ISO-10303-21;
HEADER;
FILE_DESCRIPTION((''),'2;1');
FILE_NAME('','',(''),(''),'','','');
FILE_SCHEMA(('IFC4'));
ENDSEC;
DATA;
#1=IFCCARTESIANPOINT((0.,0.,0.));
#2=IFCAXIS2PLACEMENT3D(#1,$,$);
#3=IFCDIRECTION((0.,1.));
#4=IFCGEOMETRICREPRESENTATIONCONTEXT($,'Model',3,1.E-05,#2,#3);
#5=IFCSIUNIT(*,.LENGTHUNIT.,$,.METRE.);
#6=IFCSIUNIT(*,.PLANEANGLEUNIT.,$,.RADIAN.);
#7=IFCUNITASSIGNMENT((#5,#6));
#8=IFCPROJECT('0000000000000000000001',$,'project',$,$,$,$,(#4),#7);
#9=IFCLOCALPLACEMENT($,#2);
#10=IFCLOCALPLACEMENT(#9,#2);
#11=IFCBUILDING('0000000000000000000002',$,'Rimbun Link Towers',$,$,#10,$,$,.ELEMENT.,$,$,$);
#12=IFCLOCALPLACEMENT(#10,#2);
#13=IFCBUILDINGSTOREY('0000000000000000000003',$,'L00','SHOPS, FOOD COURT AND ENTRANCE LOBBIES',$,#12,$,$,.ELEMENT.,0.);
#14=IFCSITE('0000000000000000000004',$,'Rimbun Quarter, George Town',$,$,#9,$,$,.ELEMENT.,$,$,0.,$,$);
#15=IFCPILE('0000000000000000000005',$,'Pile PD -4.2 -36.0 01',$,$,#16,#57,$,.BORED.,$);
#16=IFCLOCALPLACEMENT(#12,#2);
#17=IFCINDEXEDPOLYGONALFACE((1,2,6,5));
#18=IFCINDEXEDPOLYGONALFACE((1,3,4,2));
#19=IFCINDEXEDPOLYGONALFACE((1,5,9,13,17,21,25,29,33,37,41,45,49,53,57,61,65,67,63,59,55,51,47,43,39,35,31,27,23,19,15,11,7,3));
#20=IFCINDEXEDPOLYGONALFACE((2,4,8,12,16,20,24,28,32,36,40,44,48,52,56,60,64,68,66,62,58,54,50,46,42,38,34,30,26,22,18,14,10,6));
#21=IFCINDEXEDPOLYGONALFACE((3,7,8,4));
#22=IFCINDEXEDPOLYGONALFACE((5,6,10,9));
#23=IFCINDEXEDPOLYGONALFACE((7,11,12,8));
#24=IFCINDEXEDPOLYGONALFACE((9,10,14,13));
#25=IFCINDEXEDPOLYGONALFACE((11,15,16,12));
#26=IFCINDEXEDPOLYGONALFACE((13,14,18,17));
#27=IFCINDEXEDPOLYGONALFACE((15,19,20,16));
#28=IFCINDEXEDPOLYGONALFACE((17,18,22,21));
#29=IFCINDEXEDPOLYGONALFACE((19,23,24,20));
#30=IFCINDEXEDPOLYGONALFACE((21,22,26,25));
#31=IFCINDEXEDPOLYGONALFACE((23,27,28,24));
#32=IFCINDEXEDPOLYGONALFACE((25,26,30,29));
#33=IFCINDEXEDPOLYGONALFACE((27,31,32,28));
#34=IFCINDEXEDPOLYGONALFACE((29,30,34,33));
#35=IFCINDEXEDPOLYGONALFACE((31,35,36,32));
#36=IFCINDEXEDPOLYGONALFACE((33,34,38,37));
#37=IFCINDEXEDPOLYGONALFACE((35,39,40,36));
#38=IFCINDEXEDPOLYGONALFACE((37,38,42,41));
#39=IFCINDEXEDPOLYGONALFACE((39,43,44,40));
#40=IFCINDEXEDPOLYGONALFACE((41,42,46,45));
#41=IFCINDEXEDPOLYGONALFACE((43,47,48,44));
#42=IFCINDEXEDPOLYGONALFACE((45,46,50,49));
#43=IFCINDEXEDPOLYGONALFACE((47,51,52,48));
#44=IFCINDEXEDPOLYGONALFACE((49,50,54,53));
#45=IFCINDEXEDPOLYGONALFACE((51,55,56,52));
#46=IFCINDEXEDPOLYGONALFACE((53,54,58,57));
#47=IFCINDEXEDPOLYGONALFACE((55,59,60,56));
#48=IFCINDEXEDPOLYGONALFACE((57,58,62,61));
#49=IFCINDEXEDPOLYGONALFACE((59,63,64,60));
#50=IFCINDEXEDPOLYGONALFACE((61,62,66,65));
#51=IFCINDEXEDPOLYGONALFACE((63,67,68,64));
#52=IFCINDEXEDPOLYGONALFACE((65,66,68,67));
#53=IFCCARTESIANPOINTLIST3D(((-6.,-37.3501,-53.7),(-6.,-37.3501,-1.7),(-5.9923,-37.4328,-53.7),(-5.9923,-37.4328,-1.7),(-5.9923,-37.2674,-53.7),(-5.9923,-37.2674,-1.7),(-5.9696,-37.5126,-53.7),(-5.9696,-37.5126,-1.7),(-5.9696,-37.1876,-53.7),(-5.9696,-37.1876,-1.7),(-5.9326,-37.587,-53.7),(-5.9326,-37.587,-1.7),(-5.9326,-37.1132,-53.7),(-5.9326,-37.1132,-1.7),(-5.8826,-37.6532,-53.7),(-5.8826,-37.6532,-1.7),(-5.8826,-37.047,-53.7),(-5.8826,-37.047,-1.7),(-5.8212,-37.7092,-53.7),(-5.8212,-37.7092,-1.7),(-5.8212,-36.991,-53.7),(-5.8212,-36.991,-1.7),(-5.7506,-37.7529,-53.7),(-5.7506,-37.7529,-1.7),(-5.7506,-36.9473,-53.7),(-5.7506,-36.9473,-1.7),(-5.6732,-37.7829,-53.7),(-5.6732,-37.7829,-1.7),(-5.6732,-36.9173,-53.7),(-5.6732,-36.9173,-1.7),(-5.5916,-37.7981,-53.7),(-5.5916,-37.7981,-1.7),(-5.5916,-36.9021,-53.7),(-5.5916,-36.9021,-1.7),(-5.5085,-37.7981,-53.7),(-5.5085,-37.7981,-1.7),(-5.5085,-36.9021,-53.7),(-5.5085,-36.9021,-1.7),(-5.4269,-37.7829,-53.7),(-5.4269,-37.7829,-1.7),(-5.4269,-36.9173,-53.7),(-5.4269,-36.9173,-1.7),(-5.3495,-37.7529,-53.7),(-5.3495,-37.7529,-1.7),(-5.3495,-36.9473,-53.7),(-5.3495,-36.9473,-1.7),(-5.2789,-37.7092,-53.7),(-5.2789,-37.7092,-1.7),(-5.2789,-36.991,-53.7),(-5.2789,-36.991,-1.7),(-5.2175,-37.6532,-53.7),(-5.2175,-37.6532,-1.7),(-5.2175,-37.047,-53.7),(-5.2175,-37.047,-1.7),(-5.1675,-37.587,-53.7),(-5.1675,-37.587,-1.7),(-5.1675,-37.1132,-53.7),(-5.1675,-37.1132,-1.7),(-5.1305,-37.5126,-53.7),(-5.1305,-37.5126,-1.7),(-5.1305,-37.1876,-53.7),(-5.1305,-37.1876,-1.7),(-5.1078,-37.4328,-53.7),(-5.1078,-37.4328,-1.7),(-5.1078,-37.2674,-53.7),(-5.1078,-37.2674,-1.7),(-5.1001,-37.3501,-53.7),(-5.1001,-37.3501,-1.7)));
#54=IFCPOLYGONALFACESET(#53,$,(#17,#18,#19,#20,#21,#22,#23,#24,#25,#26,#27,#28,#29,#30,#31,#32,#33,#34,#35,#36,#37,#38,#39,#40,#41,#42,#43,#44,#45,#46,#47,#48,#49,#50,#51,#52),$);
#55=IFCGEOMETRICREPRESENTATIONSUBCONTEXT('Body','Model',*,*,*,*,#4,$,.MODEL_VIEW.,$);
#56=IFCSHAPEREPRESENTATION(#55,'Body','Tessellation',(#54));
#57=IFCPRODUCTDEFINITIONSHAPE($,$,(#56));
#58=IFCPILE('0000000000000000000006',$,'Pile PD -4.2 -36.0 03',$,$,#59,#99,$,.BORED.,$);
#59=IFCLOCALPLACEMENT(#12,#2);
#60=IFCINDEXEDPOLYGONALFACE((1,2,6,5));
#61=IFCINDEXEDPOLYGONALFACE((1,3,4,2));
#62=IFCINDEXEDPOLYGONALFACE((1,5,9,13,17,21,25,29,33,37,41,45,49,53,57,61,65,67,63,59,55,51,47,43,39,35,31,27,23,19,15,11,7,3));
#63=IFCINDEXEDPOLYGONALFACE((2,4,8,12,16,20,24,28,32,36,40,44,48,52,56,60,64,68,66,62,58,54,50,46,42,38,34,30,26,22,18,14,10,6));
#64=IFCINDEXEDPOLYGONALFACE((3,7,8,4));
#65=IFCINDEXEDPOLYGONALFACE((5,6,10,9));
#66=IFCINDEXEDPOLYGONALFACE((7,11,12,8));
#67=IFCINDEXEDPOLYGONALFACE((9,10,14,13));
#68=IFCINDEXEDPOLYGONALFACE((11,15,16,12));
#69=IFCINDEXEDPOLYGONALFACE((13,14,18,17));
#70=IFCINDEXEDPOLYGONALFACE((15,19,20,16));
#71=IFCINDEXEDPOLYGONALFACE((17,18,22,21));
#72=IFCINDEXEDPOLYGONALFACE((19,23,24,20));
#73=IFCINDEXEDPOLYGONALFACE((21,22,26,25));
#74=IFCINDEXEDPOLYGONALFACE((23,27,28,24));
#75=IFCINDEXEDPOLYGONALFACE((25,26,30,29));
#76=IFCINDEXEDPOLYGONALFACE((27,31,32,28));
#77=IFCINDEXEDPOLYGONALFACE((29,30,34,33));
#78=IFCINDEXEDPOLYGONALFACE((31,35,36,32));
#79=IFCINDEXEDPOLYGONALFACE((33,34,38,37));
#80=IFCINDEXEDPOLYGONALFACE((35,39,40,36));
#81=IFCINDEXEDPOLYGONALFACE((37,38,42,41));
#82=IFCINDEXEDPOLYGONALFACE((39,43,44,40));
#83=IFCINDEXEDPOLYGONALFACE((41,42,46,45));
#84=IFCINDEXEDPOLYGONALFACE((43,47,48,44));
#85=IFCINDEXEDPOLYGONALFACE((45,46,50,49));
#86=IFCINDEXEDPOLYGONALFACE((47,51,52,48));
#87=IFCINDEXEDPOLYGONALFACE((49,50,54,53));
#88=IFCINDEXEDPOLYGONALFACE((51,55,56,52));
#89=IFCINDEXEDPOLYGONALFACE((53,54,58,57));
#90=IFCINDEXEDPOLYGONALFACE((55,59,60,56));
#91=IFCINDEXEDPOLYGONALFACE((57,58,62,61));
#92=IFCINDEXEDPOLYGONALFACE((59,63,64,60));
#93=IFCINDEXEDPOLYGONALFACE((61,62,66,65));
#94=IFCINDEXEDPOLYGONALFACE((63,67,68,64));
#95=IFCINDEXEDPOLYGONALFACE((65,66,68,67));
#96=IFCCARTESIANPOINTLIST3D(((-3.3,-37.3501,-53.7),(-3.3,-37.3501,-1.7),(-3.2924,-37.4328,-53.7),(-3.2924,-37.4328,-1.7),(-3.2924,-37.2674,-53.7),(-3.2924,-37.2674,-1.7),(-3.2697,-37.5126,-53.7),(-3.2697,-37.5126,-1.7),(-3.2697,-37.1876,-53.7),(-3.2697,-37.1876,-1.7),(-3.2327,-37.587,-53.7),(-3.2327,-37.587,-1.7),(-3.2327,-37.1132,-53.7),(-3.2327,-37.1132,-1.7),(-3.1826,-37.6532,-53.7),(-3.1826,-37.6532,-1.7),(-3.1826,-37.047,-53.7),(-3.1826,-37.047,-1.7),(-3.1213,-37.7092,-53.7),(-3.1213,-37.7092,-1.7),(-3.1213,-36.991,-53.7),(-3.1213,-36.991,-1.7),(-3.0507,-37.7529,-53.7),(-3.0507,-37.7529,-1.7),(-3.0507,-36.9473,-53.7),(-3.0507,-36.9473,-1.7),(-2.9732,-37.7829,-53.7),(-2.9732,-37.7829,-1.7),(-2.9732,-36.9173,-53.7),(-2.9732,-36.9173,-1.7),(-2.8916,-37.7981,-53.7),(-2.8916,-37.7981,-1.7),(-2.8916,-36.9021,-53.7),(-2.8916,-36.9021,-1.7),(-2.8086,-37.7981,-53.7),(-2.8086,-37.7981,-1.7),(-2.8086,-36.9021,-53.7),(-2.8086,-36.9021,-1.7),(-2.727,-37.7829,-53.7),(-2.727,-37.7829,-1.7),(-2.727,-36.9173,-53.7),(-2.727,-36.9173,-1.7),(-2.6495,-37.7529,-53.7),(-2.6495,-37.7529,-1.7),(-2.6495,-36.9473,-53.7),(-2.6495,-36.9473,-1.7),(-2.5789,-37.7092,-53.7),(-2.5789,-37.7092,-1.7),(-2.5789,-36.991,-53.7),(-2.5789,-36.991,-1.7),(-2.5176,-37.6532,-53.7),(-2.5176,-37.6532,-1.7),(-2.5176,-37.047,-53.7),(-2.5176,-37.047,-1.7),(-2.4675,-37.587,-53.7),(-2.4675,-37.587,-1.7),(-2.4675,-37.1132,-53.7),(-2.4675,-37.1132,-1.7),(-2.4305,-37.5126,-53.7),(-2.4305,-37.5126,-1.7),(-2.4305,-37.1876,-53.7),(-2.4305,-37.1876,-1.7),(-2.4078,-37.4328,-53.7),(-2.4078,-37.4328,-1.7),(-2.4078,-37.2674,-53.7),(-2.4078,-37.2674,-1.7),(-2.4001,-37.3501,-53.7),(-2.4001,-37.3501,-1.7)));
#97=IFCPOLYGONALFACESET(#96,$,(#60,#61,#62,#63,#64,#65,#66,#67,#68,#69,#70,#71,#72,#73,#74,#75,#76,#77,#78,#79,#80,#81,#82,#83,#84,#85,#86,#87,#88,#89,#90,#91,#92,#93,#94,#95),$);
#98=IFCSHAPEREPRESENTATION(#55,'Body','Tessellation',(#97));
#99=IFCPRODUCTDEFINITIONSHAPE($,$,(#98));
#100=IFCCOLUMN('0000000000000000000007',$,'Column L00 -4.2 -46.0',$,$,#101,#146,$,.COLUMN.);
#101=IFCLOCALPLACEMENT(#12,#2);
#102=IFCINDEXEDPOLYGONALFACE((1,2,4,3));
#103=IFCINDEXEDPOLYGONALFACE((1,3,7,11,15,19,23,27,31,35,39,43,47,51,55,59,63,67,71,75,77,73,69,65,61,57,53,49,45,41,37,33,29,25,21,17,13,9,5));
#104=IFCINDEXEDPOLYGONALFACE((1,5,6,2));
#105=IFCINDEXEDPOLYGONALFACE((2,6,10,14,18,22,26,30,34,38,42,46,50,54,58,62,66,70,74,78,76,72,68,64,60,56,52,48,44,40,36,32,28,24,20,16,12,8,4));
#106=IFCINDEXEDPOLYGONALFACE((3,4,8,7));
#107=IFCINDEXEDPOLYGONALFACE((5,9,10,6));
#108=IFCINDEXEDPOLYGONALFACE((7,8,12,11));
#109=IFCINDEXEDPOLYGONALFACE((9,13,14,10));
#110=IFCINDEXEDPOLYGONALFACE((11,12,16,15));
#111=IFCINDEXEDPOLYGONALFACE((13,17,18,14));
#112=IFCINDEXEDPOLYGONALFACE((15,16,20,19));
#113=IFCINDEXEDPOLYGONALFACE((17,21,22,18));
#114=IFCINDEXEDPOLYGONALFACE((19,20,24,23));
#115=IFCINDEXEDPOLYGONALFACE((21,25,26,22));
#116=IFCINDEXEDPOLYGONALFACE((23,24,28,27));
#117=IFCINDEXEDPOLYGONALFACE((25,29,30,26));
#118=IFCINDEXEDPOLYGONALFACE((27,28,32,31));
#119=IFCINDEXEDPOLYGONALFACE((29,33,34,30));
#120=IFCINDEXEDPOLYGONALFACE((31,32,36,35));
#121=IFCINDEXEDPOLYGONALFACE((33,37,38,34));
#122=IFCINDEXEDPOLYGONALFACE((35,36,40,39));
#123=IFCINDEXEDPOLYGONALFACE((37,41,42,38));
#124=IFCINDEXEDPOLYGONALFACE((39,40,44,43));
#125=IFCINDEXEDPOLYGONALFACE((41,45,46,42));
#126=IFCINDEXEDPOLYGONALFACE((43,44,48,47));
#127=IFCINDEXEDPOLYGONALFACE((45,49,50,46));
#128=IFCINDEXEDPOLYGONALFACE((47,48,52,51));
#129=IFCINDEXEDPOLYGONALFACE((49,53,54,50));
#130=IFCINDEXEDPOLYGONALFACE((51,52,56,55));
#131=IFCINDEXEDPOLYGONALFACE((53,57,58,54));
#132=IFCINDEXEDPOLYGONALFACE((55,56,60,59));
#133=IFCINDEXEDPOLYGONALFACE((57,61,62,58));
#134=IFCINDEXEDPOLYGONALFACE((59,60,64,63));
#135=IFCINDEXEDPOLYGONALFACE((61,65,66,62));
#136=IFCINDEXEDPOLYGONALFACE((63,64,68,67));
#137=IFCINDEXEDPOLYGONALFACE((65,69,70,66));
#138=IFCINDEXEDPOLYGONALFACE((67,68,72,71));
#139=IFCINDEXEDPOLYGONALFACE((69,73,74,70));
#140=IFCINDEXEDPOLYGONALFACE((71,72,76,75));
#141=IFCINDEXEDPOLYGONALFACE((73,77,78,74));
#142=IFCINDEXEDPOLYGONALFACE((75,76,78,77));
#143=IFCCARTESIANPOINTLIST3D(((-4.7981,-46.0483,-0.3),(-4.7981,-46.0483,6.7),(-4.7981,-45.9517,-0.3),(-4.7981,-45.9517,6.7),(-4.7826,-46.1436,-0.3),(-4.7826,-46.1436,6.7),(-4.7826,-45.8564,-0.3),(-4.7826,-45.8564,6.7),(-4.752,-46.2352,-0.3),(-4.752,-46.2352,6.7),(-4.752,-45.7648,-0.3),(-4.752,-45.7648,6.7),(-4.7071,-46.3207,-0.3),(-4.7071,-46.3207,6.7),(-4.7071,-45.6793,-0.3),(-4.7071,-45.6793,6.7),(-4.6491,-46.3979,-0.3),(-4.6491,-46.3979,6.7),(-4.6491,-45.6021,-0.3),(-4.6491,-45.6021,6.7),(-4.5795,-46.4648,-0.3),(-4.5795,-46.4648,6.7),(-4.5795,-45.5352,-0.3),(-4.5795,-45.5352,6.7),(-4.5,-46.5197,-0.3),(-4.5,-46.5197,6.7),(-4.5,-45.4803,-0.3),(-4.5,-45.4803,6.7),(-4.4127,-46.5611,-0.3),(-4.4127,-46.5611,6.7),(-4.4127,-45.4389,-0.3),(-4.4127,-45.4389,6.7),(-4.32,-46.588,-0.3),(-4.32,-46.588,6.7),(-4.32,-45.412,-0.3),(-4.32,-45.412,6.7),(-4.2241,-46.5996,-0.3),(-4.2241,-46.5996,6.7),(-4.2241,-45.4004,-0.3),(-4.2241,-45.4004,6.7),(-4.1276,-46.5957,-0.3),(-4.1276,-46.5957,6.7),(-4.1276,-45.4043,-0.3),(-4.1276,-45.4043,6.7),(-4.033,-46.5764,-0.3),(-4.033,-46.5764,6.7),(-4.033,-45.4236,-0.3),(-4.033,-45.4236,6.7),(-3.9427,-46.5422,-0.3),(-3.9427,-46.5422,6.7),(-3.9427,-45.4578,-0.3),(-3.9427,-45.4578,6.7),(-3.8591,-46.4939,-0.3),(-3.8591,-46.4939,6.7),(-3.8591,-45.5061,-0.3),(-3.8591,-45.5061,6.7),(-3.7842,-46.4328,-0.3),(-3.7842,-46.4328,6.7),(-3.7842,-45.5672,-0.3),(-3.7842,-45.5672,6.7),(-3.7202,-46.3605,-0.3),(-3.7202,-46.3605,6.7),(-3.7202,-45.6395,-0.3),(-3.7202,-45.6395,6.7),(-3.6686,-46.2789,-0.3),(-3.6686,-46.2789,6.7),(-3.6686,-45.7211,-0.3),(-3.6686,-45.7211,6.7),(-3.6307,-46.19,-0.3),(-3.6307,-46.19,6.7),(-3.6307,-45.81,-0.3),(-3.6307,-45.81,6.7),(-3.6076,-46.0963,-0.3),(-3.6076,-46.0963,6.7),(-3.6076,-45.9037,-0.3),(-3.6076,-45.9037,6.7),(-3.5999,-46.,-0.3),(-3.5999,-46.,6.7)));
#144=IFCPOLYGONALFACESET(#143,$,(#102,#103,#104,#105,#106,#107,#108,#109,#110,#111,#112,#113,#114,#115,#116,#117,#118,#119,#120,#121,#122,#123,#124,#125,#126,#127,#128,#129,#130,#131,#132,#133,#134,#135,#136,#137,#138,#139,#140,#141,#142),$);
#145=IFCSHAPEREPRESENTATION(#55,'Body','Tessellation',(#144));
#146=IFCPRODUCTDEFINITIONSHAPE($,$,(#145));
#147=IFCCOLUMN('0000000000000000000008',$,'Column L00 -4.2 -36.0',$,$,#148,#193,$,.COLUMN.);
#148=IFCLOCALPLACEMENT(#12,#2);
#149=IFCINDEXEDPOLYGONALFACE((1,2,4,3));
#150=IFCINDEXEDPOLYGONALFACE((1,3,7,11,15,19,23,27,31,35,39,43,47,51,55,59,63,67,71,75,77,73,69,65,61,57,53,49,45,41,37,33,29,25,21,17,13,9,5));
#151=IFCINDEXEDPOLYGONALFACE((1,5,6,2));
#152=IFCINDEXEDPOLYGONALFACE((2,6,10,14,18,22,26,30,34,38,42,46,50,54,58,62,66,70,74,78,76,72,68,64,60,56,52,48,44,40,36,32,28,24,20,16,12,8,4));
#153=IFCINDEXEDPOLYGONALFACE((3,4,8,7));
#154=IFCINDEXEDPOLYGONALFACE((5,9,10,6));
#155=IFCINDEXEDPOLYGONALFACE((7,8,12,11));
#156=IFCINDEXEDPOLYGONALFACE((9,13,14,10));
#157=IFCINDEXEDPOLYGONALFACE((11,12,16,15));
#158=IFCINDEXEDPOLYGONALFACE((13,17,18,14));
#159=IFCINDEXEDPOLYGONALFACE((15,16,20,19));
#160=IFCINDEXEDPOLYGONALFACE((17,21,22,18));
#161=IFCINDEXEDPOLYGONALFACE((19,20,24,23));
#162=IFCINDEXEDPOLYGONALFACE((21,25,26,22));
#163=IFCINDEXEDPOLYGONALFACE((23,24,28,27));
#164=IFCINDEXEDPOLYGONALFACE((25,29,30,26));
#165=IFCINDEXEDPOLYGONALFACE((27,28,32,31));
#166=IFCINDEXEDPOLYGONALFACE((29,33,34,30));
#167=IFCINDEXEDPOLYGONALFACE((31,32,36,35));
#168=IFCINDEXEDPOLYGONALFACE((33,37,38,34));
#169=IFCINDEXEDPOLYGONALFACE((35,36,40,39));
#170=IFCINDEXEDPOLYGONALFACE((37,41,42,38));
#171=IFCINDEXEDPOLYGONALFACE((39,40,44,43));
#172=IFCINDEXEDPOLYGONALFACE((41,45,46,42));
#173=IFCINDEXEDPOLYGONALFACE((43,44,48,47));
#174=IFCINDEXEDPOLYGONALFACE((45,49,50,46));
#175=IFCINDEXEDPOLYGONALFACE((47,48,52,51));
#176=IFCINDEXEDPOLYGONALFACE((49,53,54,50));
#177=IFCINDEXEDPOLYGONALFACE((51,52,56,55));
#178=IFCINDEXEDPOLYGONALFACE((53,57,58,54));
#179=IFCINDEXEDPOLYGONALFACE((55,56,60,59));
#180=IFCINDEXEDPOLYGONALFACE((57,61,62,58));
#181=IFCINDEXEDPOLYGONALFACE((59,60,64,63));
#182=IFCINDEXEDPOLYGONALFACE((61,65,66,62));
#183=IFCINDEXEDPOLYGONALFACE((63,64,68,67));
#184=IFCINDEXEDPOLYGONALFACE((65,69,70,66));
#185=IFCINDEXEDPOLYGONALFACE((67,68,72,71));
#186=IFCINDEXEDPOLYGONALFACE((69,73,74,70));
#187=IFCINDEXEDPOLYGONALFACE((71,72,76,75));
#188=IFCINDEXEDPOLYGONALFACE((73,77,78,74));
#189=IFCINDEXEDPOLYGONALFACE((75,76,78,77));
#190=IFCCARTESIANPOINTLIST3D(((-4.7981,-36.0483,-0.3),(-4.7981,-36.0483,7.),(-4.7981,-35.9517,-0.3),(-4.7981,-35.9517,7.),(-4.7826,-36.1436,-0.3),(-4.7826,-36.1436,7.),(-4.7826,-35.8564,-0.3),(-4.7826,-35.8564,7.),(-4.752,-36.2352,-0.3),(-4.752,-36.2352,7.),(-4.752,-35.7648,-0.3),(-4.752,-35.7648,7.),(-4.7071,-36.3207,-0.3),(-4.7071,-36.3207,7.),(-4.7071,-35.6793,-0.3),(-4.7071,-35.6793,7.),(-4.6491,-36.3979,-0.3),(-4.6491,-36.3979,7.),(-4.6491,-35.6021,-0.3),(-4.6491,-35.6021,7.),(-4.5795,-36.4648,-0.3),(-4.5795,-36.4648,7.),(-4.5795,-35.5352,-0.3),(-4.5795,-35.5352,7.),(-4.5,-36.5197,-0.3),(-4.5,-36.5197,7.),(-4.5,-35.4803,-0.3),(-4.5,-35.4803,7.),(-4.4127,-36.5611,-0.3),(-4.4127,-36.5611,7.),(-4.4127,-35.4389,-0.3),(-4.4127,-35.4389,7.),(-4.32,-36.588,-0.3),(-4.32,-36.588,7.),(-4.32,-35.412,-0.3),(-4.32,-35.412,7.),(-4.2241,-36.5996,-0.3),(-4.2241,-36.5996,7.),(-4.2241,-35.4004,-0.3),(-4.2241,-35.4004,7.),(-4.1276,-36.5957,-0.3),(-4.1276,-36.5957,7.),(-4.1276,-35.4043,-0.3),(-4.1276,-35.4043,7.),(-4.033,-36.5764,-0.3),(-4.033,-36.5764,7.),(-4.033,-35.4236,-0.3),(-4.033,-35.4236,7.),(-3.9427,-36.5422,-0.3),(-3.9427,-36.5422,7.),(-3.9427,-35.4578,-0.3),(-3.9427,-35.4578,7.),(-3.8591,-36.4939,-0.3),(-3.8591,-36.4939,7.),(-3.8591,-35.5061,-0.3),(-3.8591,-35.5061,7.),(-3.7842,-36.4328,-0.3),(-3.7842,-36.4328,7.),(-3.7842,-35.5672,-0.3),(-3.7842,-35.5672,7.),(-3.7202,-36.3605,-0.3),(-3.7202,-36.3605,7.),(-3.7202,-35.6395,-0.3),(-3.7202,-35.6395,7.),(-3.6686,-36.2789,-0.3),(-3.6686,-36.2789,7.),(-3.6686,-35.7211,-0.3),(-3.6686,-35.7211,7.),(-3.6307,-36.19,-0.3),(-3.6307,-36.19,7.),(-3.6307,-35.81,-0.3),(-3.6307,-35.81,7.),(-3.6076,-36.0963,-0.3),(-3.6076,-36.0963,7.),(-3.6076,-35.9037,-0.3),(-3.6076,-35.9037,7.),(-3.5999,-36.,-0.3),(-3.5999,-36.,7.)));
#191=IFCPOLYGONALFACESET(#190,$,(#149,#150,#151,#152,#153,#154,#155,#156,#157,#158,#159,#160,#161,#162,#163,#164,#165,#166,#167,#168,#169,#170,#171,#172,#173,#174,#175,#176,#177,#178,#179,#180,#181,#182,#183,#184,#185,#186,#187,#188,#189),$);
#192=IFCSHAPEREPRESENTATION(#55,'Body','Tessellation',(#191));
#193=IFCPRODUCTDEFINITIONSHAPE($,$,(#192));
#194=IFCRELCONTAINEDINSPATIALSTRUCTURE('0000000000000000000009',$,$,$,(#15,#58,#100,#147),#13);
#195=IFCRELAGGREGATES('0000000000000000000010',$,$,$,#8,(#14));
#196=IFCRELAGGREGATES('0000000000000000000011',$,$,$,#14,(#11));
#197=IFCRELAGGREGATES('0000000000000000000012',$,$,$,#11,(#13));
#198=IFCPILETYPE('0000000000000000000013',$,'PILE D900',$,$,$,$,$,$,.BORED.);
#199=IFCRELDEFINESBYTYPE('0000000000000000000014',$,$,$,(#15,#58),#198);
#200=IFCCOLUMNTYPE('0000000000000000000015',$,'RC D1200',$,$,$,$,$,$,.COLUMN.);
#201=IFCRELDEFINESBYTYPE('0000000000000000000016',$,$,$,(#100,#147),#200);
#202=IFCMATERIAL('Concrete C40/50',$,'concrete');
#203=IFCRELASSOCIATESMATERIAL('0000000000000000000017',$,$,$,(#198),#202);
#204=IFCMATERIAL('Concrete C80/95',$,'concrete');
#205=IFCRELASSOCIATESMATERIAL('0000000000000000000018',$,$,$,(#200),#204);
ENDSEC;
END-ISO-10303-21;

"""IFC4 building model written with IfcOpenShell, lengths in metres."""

from ifc_helpers import new_model, si_unit, direction, frame, origin, origin_2d, place, context, subcontext, project, spatial, circle, extrude, material, material_profile, profile_set, type_object, element, save


model = new_model("IFC4")

# Units and contexts
model_context = context("Model", 3, precision=1e-05, world=origin(), true_north=direction((0.0, 1.0)))
body_context = subcontext(model_context, "Body", "Model", "MODEL_VIEW")
ifc_project = project(units=[si_unit("LENGTHUNIT", "METRE"), si_unit("PLANEANGLEUNIT", "RADIAN")], contexts=[model_context])

# Site, building, storey
site_placement = place(None, origin())
site = spatial("IfcSite", under=ifc_project, at=site_placement, Name="Rimbun Quarter, George Town", CompositionType="ELEMENT", RefElevation=0.0)
building_placement = place(site_placement, origin())
building = spatial("IfcBuilding", under=site, at=building_placement, Name="Rimbun Link Towers", CompositionType="ELEMENT")
storey_placement = place(building_placement, origin())
storey = spatial("IfcBuildingStorey", under=building, at=storey_placement, Name="L00", Description="SHOPS, FOOD COURT AND ENTRANCE LOBBIES", CompositionType="ELEMENT", Elevation=0.0)

# Piles
ifc_material_1 = material(Name="Concrete C40/50", Category="concrete")
ifc_material_profile_1 = material_profile(ifc_material_1, circle(Radius=0.45, at=origin_2d()), Name="PILE D900")
ifc_profile_set_1 = profile_set([ifc_material_profile_1], Name="Concrete C40/50")
pile_type = type_object("IfcPileType", Name="PILE D900", PredefinedType="BORED", material=ifc_profile_set_1)
for number, where, z_axis, x_axis, name in (
    (1, (-5.55, -37.3501, -1.7), (0.0, 0.0, -1.0), (1.0, 0.0, 0.0), "Pile PD -4.2 -36.0 01"),
    (2, (-2.8501, -37.3501, -1.7), (0.0, 0.0, -1.0), (1.0, 0.0, 0.0), "Pile PD -4.2 -36.0 03"),
):
    element("IfcPile", number, at=place(storey_placement, frame(where, z_axis=z_axis, x_axis=x_axis)), inside=storey, type_object=pile_type, Name=name, PredefinedType="BORED", context=body_context, shape_type="SweptSolid", body=[
        extrude(circle(Radius=0.45, at=origin_2d()), origin(), (0.0, 0.0, 1.0), 52.0),
    ])

# Columns
ifc_material_2 = material(Name="Concrete C80/95", Category="concrete")
ifc_material_profile_2 = material_profile(ifc_material_2, circle(Radius=0.6001, at=origin_2d()), Name="RC D1200")
ifc_profile_set_2 = profile_set([ifc_material_profile_2], Name="Concrete C80/95")
column_type = type_object("IfcColumnType", Name="RC D1200", PredefinedType="COLUMN", material=ifc_profile_set_2)
column_1_placement = place(storey_placement, frame((-4.2, -46.0, -0.3), z_axis=(0.0, 0.0, 1.0), x_axis=(1.0, 0.0, 0.0)))
element("IfcColumn", 3, at=column_1_placement, inside=storey, type_object=column_type, Name="Column L00 -4.2 -46.0", PredefinedType="COLUMN", context=body_context, shape_type="SweptSolid", body=[
    extrude(circle(Radius=0.6001, at=origin_2d()), origin(), (0.0, 0.0, 1.0), 7.0),
])
column_2_placement = place(storey_placement, frame((-4.2, -36.0, -0.3), z_axis=(0.0, 0.0, 1.0), x_axis=(1.0, 0.0, 0.0)))
element("IfcColumn", 4, at=column_2_placement, inside=storey, type_object=column_type, Name="Column L00 -4.2 -36.0", PredefinedType="COLUMN", context=body_context, shape_type="SweptSolid", body=[
    extrude(circle(Radius=0.6001, at=origin_2d()), origin(), (0.0, 0.0, 1.0), 7.3),
])

save(model, "model.ifc")
